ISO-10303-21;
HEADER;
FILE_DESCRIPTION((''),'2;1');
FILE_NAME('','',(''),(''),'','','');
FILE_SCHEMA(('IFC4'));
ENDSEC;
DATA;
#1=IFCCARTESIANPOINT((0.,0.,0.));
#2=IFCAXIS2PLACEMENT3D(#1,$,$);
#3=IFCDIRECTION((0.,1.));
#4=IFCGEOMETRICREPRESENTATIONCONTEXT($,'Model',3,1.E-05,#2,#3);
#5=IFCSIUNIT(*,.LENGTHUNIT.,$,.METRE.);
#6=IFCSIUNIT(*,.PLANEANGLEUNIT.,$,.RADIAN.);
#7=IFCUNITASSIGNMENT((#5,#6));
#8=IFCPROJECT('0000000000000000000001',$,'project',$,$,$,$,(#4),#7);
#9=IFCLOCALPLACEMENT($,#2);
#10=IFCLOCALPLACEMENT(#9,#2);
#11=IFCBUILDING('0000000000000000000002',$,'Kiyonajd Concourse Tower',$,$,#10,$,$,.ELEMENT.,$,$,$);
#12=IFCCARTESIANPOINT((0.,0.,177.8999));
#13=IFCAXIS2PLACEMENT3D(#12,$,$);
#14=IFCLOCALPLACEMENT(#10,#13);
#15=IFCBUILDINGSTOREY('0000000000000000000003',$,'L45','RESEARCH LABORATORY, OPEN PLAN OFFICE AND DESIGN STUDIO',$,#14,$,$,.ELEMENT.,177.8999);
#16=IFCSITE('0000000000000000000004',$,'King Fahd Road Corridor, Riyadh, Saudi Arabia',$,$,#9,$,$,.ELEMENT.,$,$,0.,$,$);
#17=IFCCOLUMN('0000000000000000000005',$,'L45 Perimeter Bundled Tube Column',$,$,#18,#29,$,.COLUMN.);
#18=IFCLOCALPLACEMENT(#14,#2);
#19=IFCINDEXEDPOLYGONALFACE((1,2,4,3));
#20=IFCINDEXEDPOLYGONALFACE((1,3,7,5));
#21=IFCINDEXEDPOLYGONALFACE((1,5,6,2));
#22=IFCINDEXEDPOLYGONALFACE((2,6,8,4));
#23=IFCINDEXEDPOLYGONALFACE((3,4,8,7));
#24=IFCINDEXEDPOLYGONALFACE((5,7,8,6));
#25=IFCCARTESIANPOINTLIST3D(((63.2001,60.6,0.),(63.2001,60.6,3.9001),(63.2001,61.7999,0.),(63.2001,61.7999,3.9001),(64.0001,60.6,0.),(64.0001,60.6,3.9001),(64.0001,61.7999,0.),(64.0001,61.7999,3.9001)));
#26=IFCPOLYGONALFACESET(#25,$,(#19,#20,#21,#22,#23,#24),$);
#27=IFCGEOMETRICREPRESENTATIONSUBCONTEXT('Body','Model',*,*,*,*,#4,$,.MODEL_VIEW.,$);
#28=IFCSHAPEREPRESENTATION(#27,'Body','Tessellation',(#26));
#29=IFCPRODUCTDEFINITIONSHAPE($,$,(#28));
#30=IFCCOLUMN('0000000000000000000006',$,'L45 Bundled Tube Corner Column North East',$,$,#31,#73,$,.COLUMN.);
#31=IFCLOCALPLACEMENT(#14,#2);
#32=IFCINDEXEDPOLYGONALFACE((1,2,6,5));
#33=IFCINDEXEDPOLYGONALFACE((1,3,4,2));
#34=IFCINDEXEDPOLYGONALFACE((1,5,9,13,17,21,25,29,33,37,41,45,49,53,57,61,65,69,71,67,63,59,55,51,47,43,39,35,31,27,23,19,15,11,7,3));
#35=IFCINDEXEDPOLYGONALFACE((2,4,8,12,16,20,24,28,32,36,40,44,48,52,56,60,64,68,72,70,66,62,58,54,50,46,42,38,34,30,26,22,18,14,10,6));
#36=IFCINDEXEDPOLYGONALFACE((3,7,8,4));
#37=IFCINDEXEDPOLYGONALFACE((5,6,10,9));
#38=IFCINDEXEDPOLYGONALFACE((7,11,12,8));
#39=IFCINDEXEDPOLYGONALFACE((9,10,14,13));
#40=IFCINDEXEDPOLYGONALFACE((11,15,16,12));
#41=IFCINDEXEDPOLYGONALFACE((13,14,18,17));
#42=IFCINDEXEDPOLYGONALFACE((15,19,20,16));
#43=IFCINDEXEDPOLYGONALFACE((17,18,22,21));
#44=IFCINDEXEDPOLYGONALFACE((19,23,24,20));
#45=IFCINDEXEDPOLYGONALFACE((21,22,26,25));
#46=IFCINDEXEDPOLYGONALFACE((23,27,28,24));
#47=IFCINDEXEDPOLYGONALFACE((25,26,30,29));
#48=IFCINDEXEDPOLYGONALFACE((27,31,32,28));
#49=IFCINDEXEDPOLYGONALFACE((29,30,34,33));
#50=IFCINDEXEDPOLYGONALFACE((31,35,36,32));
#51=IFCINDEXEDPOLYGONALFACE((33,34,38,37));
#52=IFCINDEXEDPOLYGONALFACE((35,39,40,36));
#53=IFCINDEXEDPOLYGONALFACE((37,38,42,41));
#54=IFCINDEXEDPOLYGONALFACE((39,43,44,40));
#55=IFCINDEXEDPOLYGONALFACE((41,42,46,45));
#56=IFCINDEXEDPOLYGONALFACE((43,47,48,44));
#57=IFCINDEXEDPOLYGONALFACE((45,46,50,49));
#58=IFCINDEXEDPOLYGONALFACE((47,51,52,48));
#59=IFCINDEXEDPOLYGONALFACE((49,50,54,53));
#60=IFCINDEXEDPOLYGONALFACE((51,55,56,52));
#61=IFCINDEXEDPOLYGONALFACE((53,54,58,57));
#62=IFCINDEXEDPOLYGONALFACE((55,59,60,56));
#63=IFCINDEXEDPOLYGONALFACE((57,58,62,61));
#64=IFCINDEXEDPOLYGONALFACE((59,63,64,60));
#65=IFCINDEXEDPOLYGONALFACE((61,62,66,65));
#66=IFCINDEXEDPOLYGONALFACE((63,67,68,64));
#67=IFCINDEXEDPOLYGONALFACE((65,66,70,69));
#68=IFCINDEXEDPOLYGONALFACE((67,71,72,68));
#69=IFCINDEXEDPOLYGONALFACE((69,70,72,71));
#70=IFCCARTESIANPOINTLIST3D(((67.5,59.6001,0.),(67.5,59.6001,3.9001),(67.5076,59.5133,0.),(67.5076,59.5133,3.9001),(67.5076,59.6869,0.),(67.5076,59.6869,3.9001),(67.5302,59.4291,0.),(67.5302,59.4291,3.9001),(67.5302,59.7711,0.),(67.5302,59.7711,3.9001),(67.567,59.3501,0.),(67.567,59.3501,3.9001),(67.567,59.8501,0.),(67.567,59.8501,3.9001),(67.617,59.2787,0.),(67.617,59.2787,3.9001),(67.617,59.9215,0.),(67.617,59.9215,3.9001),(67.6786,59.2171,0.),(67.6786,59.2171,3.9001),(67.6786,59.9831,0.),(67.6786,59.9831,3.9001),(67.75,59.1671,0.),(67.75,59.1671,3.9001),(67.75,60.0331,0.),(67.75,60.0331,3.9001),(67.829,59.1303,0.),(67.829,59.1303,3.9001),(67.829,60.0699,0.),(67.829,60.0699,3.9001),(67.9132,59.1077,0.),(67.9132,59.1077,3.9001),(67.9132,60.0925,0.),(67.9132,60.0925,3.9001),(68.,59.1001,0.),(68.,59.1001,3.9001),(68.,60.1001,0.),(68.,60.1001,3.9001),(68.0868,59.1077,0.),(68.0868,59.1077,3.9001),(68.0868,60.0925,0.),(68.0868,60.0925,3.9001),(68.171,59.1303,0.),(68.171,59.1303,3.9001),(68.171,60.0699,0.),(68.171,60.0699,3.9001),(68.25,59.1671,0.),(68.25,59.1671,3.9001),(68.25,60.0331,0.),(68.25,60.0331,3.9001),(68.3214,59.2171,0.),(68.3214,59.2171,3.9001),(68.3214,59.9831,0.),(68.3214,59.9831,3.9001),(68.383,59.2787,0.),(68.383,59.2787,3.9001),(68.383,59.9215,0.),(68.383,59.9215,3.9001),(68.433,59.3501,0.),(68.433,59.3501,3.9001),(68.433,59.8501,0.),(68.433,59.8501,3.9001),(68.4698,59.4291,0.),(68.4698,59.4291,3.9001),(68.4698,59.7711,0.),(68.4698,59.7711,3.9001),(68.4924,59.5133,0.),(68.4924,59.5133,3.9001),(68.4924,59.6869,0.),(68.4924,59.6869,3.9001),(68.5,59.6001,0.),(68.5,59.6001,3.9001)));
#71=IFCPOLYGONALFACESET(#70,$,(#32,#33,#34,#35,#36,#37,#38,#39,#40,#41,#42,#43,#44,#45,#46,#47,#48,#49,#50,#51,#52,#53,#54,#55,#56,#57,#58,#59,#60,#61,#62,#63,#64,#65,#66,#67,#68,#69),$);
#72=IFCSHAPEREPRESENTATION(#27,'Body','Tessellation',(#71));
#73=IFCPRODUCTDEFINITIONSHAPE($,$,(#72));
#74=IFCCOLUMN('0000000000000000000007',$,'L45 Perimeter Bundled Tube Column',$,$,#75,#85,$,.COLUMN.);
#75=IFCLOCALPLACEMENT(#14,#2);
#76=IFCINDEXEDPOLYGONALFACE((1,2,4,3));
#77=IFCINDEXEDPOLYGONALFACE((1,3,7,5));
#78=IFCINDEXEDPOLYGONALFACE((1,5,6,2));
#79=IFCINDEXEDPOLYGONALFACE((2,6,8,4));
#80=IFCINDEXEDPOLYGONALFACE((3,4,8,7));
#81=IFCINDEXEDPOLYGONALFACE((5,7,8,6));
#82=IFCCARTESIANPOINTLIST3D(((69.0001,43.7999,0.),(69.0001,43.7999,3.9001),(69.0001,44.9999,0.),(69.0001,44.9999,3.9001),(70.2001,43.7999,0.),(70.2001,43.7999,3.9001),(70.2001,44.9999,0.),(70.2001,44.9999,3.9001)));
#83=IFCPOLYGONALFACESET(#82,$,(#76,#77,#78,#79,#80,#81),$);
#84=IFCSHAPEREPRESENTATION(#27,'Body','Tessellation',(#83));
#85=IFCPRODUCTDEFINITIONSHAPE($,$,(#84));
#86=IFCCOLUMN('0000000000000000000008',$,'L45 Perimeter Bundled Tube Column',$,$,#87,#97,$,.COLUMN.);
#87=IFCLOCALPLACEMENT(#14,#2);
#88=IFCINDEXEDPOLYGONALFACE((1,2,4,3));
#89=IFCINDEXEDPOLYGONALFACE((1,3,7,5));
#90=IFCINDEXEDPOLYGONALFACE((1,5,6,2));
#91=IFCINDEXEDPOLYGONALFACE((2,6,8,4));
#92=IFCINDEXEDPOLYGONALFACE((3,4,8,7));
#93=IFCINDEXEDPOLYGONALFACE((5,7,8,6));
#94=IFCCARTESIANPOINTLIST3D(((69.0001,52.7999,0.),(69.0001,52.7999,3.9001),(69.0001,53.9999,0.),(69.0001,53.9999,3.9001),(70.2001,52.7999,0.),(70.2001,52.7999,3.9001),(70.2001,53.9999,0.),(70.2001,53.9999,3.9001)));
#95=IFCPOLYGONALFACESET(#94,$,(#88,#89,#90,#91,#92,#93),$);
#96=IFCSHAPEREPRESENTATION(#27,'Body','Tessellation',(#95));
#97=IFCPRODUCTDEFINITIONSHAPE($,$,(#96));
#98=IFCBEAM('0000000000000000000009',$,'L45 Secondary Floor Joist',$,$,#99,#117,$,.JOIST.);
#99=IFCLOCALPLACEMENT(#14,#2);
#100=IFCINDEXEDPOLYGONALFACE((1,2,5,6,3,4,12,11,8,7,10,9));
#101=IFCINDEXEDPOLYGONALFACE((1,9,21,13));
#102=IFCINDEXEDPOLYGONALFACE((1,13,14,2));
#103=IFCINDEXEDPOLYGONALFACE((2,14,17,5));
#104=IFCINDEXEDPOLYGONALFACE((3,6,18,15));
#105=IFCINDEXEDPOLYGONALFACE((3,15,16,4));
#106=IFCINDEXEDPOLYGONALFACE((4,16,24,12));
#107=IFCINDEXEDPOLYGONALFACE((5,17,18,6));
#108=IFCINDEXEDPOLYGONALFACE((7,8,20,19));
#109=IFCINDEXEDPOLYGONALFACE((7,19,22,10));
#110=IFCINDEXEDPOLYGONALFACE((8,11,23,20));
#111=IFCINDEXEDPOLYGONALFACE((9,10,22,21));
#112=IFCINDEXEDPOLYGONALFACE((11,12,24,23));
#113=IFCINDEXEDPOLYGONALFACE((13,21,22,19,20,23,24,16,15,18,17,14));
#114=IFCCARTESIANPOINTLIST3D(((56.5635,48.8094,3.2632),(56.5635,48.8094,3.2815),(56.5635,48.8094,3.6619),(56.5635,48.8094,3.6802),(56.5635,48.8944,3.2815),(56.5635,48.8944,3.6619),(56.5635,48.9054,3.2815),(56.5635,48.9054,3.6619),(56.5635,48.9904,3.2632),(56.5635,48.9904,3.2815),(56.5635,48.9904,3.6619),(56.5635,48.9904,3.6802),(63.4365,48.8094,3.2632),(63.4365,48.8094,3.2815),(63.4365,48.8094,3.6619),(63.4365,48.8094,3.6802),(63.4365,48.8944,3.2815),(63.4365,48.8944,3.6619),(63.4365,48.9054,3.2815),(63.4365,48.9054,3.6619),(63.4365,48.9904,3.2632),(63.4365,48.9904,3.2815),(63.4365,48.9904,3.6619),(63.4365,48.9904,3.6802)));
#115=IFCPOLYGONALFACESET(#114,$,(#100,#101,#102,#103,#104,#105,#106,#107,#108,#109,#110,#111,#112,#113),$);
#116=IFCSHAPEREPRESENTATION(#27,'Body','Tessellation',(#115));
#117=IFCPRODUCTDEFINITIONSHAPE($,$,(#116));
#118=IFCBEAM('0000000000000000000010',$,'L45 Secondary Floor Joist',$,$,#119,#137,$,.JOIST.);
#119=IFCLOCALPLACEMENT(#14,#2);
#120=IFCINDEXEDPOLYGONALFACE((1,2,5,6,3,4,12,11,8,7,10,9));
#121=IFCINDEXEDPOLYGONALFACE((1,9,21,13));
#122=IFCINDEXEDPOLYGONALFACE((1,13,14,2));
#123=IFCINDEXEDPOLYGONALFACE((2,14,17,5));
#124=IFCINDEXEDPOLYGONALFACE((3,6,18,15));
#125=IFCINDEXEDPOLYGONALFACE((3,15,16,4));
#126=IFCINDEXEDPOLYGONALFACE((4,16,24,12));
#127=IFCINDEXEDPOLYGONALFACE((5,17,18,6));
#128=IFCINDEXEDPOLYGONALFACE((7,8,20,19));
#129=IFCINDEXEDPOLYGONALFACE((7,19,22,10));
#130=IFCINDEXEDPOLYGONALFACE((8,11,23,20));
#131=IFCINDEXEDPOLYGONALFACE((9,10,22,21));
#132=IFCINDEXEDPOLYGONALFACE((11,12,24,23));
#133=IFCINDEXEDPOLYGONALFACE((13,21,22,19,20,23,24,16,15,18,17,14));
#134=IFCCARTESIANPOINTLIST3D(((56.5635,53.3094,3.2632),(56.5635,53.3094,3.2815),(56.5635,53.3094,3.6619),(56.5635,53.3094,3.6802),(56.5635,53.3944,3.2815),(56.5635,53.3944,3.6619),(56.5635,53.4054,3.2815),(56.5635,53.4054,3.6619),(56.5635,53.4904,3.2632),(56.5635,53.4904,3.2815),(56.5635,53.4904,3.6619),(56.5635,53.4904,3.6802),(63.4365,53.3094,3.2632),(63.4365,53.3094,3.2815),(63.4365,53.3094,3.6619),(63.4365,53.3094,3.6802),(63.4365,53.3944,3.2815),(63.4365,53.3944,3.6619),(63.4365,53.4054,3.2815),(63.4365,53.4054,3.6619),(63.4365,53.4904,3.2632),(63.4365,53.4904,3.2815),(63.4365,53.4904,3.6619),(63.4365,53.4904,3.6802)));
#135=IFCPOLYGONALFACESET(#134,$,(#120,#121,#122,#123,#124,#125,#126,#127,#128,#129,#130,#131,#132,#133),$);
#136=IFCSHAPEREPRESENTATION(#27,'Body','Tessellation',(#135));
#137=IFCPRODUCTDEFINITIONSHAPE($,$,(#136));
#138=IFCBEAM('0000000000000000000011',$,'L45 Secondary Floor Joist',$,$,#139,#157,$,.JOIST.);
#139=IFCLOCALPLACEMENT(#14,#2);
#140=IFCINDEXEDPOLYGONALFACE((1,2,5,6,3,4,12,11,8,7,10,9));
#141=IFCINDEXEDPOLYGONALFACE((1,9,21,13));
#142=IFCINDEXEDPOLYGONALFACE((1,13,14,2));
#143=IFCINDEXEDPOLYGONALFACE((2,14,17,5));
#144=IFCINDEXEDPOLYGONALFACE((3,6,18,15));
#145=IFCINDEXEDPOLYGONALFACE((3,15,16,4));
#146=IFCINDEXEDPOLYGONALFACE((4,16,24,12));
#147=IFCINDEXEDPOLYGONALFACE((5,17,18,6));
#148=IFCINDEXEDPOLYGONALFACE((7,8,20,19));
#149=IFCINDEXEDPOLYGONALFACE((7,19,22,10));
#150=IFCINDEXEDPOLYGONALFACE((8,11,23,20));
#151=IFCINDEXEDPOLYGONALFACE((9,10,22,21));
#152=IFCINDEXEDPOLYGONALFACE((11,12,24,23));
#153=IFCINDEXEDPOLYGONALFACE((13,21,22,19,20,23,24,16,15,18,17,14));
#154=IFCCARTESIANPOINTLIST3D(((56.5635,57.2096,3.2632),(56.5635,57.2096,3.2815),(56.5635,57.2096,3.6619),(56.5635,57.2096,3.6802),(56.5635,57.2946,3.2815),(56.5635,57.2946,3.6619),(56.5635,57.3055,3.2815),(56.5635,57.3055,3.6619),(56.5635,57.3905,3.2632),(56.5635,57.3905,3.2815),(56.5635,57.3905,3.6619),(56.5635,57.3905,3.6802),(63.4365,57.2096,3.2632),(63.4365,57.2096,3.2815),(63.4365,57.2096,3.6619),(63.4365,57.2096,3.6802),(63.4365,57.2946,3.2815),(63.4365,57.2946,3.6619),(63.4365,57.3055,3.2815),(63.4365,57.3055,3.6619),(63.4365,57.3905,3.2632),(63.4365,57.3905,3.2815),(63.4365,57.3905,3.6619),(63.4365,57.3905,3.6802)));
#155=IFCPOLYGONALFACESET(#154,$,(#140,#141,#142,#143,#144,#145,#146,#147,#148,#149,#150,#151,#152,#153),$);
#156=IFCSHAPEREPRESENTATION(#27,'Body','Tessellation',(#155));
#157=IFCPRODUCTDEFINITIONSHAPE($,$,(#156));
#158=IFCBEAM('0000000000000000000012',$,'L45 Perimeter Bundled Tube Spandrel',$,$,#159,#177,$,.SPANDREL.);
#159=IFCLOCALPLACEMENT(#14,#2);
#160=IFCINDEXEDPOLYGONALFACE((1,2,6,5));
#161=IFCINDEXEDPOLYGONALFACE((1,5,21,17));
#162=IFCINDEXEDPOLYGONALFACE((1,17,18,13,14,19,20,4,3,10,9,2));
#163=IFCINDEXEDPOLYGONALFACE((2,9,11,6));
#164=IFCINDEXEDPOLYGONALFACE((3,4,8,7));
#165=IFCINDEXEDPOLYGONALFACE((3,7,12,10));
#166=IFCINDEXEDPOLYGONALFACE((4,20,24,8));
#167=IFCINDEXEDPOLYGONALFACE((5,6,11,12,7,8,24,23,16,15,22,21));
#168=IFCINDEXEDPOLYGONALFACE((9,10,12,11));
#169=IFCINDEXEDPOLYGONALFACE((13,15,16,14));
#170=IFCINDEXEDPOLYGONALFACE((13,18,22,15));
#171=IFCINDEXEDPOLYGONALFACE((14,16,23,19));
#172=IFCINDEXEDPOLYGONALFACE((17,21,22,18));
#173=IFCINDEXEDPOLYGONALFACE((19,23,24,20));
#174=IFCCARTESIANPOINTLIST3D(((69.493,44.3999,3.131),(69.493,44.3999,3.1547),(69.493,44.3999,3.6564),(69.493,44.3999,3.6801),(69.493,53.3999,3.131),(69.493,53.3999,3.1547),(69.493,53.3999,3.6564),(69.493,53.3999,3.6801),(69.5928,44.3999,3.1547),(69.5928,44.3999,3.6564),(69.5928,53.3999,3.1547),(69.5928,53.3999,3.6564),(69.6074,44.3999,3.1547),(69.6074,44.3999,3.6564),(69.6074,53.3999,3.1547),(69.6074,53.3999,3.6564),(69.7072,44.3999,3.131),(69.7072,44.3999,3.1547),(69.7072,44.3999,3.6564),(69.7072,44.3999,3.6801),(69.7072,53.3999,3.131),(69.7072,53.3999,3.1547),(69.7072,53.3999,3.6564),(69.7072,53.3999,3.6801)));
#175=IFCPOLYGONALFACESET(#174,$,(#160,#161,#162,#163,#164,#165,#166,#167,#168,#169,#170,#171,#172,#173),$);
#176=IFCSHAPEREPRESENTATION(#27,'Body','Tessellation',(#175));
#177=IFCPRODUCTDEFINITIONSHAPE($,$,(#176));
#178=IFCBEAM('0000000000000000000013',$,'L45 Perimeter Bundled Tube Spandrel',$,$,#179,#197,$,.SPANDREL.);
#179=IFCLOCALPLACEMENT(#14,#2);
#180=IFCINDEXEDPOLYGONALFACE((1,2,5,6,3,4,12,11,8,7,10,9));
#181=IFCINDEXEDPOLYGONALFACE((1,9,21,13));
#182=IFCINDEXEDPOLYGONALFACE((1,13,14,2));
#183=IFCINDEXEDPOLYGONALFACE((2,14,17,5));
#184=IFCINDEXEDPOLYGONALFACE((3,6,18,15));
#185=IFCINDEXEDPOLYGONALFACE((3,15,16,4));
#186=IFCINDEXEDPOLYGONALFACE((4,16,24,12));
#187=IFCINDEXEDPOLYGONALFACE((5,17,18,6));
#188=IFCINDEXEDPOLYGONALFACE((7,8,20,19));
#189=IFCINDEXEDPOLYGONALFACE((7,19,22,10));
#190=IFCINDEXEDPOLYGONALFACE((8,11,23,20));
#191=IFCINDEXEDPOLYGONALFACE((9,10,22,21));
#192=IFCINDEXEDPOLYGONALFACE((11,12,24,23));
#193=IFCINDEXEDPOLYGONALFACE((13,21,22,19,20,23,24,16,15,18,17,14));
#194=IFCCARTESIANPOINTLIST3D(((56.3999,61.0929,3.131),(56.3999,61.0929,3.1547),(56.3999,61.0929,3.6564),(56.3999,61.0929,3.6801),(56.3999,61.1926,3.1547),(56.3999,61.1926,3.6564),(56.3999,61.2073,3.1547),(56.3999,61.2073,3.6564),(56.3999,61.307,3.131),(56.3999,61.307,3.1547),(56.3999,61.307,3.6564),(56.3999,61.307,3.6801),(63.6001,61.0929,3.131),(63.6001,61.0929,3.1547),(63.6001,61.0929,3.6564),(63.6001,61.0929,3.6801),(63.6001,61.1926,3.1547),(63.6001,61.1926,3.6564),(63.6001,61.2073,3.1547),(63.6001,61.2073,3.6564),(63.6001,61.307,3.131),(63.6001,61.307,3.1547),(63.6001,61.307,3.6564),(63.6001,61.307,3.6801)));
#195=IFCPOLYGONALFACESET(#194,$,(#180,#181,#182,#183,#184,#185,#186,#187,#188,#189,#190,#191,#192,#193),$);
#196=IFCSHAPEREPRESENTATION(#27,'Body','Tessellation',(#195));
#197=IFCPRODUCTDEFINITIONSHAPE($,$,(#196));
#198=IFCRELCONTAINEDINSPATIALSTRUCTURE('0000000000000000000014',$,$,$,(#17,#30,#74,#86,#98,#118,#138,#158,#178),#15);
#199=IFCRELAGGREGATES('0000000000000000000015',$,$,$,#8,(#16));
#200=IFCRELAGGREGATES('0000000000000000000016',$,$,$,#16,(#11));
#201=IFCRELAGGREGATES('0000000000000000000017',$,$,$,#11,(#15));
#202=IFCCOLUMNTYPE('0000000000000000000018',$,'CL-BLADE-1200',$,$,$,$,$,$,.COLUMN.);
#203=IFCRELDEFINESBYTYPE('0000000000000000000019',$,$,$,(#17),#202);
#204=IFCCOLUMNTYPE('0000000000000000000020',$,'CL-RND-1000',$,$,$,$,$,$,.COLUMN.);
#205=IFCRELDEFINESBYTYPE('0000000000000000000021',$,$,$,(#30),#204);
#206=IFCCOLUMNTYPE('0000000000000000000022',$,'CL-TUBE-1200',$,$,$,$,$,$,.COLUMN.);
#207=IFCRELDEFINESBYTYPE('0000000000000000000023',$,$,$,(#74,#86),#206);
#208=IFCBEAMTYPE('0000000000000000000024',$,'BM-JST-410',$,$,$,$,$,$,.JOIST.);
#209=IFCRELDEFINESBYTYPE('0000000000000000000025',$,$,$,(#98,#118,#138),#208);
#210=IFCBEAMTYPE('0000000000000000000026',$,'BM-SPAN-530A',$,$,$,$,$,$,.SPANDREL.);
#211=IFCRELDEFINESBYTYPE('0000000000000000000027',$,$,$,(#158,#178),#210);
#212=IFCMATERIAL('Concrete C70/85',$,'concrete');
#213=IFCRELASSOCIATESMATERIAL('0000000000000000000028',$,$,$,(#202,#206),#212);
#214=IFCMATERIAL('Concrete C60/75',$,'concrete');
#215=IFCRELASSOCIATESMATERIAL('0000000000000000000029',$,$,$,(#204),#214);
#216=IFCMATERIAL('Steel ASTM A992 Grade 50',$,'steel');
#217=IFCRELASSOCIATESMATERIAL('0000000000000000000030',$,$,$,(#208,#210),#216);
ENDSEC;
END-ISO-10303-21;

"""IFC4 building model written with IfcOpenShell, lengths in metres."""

from ifc_helpers import new_model, si_unit, direction, frame, origin, origin_2d, place, context, subcontext, project, spatial, rectangle, circle, i_section, extrude, material, material_profile, profile_set, type_object, element, save


model = new_model("IFC4")

# Units and contexts
model_context = context("Model", 3, precision=1e-05, world=origin(), true_north=direction((0.0, 1.0)))
body_context = subcontext(model_context, "Body", "Model", "MODEL_VIEW")
ifc_project = project(units=[si_unit("LENGTHUNIT", "METRE"), si_unit("PLANEANGLEUNIT", "RADIAN")], contexts=[model_context])

# Site, building, storey
site_placement = place(None, origin())
site = spatial("IfcSite", under=ifc_project, at=site_placement, Name="King Fahd Road Corridor, Riyadh, Saudi Arabia", CompositionType="ELEMENT", RefElevation=0.0)
building_placement = place(site_placement, origin())
building = spatial("IfcBuilding", under=site, at=building_placement, Name="Kiyonajd Concourse Tower", CompositionType="ELEMENT")
storey_placement = place(building_placement, frame((0.0, 0.0, 177.8999)))
storey = spatial("IfcBuildingStorey", under=building, at=storey_placement, Name="L45", Description="RESEARCH LABORATORY, OPEN PLAN OFFICE AND DESIGN STUDIO", CompositionType="ELEMENT", Elevation=177.8999)

# Columns
ifc_material_1 = material(Name="Concrete C70/85", Category="concrete")
ifc_material_profile_1 = material_profile(ifc_material_1, rectangle(XDim=0.8, YDim=1.2, at=origin_2d()), Name="RC-1200x800")
ifc_profile_set_1 = profile_set([ifc_material_profile_1], Name="Concrete C70/85")
column_type_1 = type_object("IfcColumnType", Name="CL-BLADE-1200", PredefinedType="COLUMN", material=ifc_profile_set_1)
column_1_placement = place(storey_placement, frame((63.6001, 61.2, 0.0), z_axis=(0.0, 0.0, 1.0), x_axis=(1.0, 0.0, 0.0)))
element("IfcColumn", 1, at=column_1_placement, inside=storey, type_object=column_type_1, Name="L45 Perimeter Bundled Tube Column", PredefinedType="COLUMN", context=body_context, shape_type="SweptSolid", body=[
    extrude(rectangle(XDim=0.8, YDim=1.2, at=origin_2d()), origin(), (0.0, 0.0, 1.0), 3.9001),
])
ifc_material_2 = material(Name="Concrete C60/75", Category="concrete")
ifc_material_profile_2 = material_profile(ifc_material_2, circle(Radius=0.5, at=origin_2d()), Name="RCC-D1000")
ifc_profile_set_2 = profile_set([ifc_material_profile_2], Name="Concrete C60/75")
column_type_2 = type_object("IfcColumnType", Name="CL-RND-1000", PredefinedType="COLUMN", material=ifc_profile_set_2)
column_2_placement = place(storey_placement, frame((68.0, 59.6001, 0.0), z_axis=(0.0, 0.0, 1.0), x_axis=(1.0, 0.0, 0.0)))
element("IfcColumn", 2, at=column_2_placement, inside=storey, type_object=column_type_2, Name="L45 Bundled Tube Corner Column North East", PredefinedType="COLUMN", context=body_context, shape_type="SweptSolid", body=[
    extrude(circle(Radius=0.5, at=origin_2d()), origin(), (0.0, 0.0, 1.0), 3.9001),
])
ifc_material_profile_3 = material_profile(ifc_material_1, rectangle(XDim=1.2, YDim=1.2, at=origin_2d()), Name="RC-1200x1200")
ifc_profile_set_3 = profile_set([ifc_material_profile_3], Name="Concrete C70/85")
column_type_3 = type_object("IfcColumnType", Name="CL-TUBE-1200", PredefinedType="COLUMN", material=ifc_profile_set_3)
for number, where, z_axis, x_axis, name in (
    (3, (69.6001, 44.3999, 0.0), (0.0, 0.0, 1.0), (1.0, 0.0, 0.0), "L45 Perimeter Bundled Tube Column"),
    (4, (69.6001, 53.3999, 0.0), (0.0, 0.0, 1.0), (1.0, 0.0, 0.0), "L45 Perimeter Bundled Tube Column"),
):
    element("IfcColumn", number, at=place(storey_placement, frame(where, z_axis=z_axis, x_axis=x_axis)), inside=storey, type_object=column_type_3, Name=name, PredefinedType="COLUMN", context=body_context, shape_type="SweptSolid", body=[
        extrude(rectangle(XDim=1.2, YDim=1.2, at=origin_2d()), origin(), (0.0, 0.0, 1.0), 3.9001),
    ])

# Beams
ifc_material_3 = material(Name="Steel ASTM A992 Grade 50", Category="steel")
ifc_material_profile_4 = material_profile(ifc_material_3, i_section(OverallWidth=0.1809, OverallDepth=0.417, WebThickness=0.011, FlangeThickness=0.0183, at=origin_2d()), Name="W410X85")
ifc_profile_set_4 = profile_set([ifc_material_profile_4], Name="Steel ASTM A992 Grade 50")
beam_type_1 = type_object("IfcBeamType", Name="BM-JST-410", PredefinedType="JOIST", material=ifc_profile_set_4)
for number, where, z_axis, x_axis, name in (
    (5, (56.5635, 48.8999, 3.4717), (1.0, 0.0, 0.0), (0.0, 1.0, 0.0), "L45 Secondary Floor Joist"),
    (6, (56.5635, 53.3999, 3.4717), (1.0, 0.0, 0.0), (0.0, 1.0, 0.0), "L45 Secondary Floor Joist"),
    (7, (56.5635, 57.3, 3.4717), (1.0, 0.0, 0.0), (0.0, 1.0, 0.0), "L45 Secondary Floor Joist"),
):
    element("IfcBeam", number, at=place(storey_placement, frame(where, z_axis=z_axis, x_axis=x_axis)), inside=storey, type_object=beam_type_1, Name=name, PredefinedType="JOIST", context=body_context, shape_type="SweptSolid", body=[
        extrude(i_section(OverallWidth=0.1809, OverallDepth=0.417, WebThickness=0.011, FlangeThickness=0.0183, at=origin_2d()), origin(), (0.0, 0.0, 1.0), 6.873),
    ])
ifc_material_profile_5 = material_profile(ifc_material_3, i_section(OverallWidth=0.2141, OverallDepth=0.5491, WebThickness=0.0146, FlangeThickness=0.0237, at=origin_2d()), Name="W530X138")
ifc_profile_set_5 = profile_set([ifc_material_profile_5], Name="Steel ASTM A992 Grade 50")
beam_type_2 = type_object("IfcBeamType", Name="BM-SPAN-530A", PredefinedType="SPANDREL", material=ifc_profile_set_5)
beam_1_placement = place(storey_placement, frame((69.6001, 44.3999, 3.4055), z_axis=(0.0, 1.0, 0.0), x_axis=(-1.0, 0.0, 0.0)))
element("IfcBeam", 8, at=beam_1_placement, inside=storey, type_object=beam_type_2, Name="L45 Perimeter Bundled Tube Spandrel", PredefinedType="SPANDREL", context=body_context, shape_type="SweptSolid", body=[
    extrude(i_section(OverallWidth=0.2141, OverallDepth=0.5491, WebThickness=0.0146, FlangeThickness=0.0237, at=origin_2d()), origin(), (0.0, 0.0, 1.0), 9.0),
])
beam_2_placement = place(storey_placement, frame((63.6001, 61.2, 3.4055), z_axis=(-1.0, 0.0, 0.0), x_axis=(0.0, -1.0, 0.0)))
element("IfcBeam", 9, at=beam_2_placement, inside=storey, type_object=beam_type_2, Name="L45 Perimeter Bundled Tube Spandrel", PredefinedType="SPANDREL", context=body_context, shape_type="SweptSolid", body=[
    extrude(i_section(OverallWidth=0.2141, OverallDepth=0.5491, WebThickness=0.0146, FlangeThickness=0.0237, at=origin_2d()), origin(), (0.0, 0.0, 1.0), 7.2002),
])

save(model, "model.ifc")
